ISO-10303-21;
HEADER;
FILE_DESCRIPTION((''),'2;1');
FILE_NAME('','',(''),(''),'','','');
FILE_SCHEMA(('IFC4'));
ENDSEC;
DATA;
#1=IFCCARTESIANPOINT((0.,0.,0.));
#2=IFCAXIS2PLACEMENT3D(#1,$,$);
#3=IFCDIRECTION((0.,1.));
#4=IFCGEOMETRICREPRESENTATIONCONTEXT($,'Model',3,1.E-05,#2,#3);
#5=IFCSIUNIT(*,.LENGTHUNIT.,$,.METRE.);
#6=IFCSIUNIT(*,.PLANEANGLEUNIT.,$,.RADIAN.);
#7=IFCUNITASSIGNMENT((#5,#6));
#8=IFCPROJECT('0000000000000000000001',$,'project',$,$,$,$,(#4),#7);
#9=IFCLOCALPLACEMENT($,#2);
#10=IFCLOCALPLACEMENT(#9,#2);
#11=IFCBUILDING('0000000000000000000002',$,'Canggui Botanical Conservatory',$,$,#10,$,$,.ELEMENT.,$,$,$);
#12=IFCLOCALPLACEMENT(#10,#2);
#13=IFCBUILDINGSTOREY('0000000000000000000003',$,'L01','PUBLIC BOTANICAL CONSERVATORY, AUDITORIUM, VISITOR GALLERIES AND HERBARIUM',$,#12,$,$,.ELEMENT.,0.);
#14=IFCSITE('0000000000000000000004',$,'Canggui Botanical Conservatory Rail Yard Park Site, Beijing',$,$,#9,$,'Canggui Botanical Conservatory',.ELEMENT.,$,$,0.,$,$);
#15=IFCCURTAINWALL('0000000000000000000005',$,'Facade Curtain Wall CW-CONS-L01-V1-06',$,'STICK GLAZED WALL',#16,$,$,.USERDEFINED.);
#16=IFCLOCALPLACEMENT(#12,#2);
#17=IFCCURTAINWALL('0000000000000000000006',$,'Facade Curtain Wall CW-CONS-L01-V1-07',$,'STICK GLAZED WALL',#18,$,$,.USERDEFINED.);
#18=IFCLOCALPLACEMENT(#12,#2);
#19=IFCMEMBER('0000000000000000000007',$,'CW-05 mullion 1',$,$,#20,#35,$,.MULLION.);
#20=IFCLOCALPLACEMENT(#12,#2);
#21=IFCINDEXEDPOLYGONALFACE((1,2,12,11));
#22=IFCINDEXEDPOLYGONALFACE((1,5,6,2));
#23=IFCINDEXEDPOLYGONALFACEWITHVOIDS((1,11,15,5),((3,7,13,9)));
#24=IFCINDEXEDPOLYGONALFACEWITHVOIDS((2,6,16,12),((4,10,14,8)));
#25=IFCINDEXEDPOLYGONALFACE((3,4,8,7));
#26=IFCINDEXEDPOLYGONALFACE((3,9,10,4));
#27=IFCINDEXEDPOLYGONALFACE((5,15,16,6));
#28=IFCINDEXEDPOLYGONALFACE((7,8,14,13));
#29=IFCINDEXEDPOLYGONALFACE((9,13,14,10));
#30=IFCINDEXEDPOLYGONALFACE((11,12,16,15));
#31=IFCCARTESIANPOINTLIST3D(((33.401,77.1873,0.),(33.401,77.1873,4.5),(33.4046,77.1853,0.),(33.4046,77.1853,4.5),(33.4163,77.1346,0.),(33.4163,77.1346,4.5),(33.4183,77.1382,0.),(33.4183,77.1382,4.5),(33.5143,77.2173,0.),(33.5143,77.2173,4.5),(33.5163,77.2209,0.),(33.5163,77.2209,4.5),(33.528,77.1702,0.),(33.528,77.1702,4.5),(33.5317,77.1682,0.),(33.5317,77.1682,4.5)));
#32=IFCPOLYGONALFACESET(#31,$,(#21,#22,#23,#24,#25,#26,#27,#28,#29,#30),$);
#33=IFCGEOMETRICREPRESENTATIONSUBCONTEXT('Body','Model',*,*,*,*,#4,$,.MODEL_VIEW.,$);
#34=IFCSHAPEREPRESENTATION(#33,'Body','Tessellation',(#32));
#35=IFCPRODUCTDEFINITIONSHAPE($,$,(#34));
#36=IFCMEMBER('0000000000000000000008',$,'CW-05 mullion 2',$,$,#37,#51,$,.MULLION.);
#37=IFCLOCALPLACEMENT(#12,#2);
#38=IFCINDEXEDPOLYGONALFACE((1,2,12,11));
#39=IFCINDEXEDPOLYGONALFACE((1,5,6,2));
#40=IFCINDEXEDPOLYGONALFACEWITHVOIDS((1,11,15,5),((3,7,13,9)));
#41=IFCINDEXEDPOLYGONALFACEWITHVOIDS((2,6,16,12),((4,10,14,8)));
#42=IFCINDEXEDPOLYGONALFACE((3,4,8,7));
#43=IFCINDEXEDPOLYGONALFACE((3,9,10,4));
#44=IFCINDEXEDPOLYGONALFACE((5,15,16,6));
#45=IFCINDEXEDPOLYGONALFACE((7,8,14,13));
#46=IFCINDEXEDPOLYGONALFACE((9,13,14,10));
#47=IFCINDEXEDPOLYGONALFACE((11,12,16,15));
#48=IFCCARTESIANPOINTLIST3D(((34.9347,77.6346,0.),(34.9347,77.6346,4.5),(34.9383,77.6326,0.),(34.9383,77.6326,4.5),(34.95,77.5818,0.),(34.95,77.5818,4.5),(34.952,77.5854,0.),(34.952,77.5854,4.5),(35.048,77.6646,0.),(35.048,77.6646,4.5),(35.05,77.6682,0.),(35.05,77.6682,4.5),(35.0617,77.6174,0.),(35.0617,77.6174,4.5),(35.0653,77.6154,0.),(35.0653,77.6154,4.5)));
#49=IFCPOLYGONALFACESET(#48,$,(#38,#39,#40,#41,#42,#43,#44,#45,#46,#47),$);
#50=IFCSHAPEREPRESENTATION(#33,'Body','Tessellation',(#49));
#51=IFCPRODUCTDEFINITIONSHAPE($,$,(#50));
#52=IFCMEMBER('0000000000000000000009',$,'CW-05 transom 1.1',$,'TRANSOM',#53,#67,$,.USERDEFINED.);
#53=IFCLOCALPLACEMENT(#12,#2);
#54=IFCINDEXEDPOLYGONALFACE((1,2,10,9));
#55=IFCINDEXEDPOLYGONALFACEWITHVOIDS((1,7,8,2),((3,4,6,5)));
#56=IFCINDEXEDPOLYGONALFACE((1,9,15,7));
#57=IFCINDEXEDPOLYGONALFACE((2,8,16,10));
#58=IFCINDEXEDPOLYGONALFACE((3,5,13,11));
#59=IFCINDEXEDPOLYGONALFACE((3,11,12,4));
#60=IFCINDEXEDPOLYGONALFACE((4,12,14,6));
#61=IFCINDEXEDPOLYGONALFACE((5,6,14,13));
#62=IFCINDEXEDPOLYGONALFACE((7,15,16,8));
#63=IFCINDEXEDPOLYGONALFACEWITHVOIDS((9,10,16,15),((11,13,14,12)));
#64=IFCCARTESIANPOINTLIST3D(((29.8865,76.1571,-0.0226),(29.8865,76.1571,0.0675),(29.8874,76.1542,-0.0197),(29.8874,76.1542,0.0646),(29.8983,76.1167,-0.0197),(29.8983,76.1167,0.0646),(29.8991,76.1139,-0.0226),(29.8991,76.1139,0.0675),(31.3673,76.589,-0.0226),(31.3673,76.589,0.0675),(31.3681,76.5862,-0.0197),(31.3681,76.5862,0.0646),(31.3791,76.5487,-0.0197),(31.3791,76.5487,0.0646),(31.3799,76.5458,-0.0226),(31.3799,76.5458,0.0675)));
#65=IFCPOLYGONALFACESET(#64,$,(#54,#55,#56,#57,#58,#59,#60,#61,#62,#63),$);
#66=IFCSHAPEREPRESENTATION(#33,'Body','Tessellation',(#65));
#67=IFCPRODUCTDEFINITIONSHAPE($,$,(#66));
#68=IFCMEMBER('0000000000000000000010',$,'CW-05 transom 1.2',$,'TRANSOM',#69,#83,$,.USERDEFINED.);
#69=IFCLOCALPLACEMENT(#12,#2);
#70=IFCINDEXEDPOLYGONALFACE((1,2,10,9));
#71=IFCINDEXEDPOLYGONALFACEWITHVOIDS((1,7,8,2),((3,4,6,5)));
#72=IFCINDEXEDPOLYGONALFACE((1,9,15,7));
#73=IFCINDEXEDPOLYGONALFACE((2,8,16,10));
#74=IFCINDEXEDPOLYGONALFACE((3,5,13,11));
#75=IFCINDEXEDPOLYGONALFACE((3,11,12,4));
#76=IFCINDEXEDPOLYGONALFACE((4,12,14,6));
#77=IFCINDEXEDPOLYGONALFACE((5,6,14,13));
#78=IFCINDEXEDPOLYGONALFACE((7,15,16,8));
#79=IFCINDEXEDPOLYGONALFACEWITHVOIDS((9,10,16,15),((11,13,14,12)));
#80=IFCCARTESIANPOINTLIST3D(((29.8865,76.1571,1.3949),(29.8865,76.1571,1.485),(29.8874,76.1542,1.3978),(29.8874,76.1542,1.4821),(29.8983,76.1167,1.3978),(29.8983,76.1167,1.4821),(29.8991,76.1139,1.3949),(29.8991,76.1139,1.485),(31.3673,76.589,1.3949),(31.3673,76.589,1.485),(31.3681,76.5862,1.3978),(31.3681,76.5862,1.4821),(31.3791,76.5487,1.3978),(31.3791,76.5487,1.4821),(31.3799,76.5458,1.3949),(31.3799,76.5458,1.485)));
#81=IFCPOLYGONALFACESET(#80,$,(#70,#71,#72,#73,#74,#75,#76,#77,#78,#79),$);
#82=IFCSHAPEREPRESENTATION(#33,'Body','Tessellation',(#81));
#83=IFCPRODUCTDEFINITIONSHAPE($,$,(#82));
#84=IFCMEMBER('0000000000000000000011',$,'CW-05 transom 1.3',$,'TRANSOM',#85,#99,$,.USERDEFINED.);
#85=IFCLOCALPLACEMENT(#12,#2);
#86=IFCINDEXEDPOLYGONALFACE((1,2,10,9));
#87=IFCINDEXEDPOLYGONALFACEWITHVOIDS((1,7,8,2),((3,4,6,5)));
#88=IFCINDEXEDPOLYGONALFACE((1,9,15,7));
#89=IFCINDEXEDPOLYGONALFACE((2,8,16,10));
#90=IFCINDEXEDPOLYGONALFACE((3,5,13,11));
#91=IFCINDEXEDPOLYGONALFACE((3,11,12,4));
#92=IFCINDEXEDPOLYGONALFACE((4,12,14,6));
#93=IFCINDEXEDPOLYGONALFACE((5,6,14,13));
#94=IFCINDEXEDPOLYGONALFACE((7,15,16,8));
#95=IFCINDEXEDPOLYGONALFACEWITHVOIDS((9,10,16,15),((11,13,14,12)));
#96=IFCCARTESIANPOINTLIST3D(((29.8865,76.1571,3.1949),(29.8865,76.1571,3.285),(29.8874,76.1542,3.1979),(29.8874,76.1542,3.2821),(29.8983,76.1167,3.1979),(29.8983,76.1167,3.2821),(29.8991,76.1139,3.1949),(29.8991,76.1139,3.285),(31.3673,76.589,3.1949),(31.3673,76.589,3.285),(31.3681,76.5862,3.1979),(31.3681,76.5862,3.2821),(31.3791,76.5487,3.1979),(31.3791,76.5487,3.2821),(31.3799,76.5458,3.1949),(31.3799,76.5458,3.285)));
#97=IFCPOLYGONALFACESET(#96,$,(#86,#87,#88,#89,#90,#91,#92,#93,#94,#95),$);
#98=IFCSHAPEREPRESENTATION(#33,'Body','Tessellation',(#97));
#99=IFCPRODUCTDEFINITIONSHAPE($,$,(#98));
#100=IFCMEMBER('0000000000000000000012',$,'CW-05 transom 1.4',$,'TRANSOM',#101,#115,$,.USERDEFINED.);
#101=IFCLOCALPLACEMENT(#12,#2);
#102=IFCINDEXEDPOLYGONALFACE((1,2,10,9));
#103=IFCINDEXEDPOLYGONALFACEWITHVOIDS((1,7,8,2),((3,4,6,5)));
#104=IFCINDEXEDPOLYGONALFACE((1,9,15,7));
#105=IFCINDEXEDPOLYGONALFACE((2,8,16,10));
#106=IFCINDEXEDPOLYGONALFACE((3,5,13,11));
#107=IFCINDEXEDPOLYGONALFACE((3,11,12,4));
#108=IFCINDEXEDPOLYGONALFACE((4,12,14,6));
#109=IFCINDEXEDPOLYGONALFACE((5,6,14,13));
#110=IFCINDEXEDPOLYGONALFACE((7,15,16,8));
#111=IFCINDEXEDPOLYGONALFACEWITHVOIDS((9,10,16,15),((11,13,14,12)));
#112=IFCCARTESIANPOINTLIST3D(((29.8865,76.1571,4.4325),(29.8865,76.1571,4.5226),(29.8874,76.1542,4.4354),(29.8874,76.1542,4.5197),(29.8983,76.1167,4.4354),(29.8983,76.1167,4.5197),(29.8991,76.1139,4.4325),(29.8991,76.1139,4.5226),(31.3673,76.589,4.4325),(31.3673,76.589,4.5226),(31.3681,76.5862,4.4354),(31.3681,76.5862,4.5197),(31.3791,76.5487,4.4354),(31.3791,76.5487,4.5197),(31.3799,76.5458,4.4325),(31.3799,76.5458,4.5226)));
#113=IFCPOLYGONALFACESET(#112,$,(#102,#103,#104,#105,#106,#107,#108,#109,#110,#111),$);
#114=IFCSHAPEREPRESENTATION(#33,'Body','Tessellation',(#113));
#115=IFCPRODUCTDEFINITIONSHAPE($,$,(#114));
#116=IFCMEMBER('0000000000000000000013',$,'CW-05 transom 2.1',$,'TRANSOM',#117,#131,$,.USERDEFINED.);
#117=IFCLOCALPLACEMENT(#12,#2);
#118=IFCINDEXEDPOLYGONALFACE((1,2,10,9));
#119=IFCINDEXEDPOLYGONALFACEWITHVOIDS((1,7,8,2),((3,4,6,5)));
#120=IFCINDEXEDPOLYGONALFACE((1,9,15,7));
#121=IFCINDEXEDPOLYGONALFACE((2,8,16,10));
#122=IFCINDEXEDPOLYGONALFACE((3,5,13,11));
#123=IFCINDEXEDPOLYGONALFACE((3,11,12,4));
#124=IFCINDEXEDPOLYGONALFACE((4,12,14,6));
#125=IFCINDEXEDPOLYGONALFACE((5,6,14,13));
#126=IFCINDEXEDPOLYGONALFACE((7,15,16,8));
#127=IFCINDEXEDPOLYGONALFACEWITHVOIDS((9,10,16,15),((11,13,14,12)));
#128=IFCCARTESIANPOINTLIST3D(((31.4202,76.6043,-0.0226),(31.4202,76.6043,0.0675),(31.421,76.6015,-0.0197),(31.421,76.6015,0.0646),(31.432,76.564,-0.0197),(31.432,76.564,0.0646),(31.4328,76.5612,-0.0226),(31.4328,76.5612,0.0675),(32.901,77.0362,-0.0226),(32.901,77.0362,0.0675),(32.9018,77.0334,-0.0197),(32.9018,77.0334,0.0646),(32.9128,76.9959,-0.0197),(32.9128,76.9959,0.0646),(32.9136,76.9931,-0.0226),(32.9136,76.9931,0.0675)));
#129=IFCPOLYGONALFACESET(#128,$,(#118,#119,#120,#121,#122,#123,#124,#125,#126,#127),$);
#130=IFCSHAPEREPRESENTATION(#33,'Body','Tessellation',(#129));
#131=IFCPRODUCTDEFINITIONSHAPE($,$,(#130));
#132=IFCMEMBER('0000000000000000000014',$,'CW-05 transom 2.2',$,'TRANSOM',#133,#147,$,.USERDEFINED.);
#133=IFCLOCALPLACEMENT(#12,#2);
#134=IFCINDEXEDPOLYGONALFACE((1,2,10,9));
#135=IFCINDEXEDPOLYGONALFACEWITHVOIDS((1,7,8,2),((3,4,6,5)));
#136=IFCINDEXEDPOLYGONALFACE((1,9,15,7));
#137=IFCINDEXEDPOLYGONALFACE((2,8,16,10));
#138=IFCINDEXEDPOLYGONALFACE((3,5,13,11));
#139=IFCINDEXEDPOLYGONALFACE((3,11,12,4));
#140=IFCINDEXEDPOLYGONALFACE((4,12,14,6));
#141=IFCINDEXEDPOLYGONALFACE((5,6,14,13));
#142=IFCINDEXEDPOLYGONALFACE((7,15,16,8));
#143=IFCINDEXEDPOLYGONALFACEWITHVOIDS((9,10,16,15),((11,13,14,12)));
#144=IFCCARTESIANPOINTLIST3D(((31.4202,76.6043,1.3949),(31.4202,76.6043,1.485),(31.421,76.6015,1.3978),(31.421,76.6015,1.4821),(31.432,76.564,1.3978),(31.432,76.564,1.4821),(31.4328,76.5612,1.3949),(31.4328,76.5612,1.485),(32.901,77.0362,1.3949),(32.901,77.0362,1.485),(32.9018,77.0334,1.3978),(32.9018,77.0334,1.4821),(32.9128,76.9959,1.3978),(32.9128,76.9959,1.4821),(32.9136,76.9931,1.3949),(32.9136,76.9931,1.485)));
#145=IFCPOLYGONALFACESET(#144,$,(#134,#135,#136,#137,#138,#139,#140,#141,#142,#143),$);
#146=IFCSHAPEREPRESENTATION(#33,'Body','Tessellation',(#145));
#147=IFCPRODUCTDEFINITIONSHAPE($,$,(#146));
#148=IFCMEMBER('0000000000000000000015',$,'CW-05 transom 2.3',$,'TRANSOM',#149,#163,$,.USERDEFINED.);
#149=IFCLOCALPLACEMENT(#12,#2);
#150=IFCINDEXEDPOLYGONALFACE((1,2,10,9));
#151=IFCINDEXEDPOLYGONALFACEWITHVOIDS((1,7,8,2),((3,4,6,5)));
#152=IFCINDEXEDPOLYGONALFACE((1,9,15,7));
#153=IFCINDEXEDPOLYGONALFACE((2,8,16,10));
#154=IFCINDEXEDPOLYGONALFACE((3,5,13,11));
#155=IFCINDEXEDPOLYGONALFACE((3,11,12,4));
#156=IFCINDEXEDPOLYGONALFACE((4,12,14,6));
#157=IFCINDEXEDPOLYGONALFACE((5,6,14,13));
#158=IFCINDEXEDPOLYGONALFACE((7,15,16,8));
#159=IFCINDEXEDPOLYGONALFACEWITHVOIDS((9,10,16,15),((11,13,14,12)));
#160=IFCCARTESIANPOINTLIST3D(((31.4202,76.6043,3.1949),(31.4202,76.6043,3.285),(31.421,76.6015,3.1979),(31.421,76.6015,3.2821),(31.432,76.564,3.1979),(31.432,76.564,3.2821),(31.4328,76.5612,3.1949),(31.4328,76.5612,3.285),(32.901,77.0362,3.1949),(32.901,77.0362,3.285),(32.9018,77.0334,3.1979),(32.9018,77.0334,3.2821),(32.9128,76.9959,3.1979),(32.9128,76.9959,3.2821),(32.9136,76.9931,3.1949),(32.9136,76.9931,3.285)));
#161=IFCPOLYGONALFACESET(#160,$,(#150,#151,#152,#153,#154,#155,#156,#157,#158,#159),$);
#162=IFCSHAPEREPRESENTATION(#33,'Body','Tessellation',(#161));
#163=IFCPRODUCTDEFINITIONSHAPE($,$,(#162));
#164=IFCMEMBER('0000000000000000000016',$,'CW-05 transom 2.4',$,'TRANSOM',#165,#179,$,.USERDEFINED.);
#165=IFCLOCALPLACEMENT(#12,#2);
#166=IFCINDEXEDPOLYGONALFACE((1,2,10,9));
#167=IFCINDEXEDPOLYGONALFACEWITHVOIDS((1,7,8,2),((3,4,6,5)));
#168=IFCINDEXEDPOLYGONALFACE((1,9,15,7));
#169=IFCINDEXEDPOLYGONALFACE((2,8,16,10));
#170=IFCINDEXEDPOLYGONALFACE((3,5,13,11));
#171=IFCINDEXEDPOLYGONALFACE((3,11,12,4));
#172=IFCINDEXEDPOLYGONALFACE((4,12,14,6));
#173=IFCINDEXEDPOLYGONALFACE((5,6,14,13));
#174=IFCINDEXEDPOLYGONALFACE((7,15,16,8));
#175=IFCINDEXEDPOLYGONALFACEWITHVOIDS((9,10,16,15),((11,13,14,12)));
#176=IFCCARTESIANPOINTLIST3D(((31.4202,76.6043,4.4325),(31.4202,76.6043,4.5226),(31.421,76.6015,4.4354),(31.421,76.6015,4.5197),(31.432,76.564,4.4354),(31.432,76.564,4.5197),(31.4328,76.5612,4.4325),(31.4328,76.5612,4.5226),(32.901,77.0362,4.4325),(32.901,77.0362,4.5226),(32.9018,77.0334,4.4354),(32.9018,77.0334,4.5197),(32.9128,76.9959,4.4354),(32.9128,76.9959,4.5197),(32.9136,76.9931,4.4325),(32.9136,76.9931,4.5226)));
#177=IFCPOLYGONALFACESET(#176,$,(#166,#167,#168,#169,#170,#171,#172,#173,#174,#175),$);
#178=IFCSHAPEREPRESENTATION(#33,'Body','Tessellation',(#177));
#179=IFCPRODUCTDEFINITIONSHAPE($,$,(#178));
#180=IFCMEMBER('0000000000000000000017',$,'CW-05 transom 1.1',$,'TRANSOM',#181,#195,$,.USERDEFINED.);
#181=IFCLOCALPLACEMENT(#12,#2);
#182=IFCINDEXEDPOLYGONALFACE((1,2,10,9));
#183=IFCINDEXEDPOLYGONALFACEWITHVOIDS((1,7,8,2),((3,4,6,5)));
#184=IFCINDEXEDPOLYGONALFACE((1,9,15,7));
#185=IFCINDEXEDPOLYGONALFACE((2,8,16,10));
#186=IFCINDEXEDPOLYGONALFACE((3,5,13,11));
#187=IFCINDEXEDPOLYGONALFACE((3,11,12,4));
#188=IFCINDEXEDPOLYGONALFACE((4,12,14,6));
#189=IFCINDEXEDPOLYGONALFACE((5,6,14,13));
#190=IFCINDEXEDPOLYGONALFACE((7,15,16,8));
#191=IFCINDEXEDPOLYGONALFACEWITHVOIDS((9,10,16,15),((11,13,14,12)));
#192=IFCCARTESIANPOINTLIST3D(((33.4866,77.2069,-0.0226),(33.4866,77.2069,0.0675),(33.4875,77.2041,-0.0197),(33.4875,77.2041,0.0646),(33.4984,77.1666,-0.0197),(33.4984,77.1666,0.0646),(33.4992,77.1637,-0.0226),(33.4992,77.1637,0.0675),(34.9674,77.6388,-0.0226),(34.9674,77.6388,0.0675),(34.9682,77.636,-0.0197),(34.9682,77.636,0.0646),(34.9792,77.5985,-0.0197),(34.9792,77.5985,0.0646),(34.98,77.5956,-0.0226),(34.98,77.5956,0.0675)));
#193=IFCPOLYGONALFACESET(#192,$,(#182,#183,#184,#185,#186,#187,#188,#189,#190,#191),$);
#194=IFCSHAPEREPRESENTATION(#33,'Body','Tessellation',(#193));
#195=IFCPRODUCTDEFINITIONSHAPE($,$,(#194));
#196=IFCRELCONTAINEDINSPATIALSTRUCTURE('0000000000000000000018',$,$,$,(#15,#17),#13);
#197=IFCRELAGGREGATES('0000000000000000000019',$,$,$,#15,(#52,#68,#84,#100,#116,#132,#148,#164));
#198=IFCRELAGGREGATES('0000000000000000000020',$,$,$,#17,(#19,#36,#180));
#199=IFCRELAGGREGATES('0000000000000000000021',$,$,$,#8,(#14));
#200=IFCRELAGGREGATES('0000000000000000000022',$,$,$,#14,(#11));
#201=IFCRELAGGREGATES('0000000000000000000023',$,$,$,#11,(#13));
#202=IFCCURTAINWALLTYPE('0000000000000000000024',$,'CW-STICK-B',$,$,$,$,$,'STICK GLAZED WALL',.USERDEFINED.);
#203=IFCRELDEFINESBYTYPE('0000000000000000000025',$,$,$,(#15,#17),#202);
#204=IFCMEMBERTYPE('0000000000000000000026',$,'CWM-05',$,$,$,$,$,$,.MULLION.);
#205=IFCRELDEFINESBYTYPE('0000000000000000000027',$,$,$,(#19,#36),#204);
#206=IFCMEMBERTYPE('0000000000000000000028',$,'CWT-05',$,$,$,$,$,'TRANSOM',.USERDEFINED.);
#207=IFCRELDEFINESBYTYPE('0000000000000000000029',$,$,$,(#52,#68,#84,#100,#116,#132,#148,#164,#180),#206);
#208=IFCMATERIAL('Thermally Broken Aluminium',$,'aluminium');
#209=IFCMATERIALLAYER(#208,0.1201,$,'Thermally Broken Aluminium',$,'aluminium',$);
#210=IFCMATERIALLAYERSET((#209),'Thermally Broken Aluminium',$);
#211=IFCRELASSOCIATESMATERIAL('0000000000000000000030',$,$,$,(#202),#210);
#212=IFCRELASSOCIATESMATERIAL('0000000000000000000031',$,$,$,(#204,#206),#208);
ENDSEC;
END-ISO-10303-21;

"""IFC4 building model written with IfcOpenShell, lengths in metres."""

from ifc_helpers import new_model, si_unit, direction, frame, origin, origin_2d, place, context, subcontext, project, spatial, hollow_rectangle, extrude, material, layer, layer_set, material_profile, profile_set, type_object, element, aggregate, save


model = new_model("IFC4")

# Units and contexts
model_context = context("Model", 3, precision=1e-05, world=origin(), true_north=direction((0.0, 1.0)))
body_context = subcontext(model_context, "Body", "Model", "MODEL_VIEW")
ifc_project = project(units=[si_unit("LENGTHUNIT", "METRE"), si_unit("PLANEANGLEUNIT", "RADIAN")], contexts=[model_context])

# Site, building, storey
site_placement = place(None, origin())
site = spatial("IfcSite", under=ifc_project, at=site_placement, Name="Canggui Botanical Conservatory Rail Yard Park Site, Beijing", LongName="Canggui Botanical Conservatory", CompositionType="ELEMENT", RefElevation=0.0)
building_placement = place(site_placement, origin())
building = spatial("IfcBuilding", under=site, at=building_placement, Name="Canggui Botanical Conservatory", CompositionType="ELEMENT")
storey_placement = place(building_placement, origin())
storey = spatial("IfcBuildingStorey", under=building, at=storey_placement, Name="L01", Description="PUBLIC BOTANICAL CONSERVATORY, AUDITORIUM, VISITOR GALLERIES AND HERBARIUM", CompositionType="ELEMENT", Elevation=0.0)

# Curtain walls, members
ifc_material_1 = material(Name="Thermally Broken Aluminium", Category="aluminium")
ifc_layer_1 = layer(ifc_material_1, 0.1201, Name="Thermally Broken Aluminium", Category="aluminium")
ifc_layer_set_1 = layer_set([ifc_layer_1], Name="Thermally Broken Aluminium")
curtain_wall_type = type_object("IfcCurtainWallType", Name="CW-STICK-B", ElementType="STICK GLAZED WALL", PredefinedType="USERDEFINED", material=ifc_layer_set_1)
curtain_wall_1_placement = place(storey_placement, origin())
curtain_wall_1 = element("IfcCurtainWall", 1, at=curtain_wall_1_placement, inside=storey, type_object=curtain_wall_type, Name="Facade Curtain Wall CW-CONS-L01-V1-06", ObjectType="STICK GLAZED WALL", PredefinedType="USERDEFINED")
ifc_material_profile_1 = material_profile(ifc_material_1, hollow_rectangle(XDim=0.0549, YDim=0.1201, WallThickness=0.0029, at=origin_2d()), Name="CWM 55x120x3")
ifc_profile_set_1 = profile_set([ifc_material_profile_1], Name="Thermally Broken Aluminium")
member_type_1 = type_object("IfcMemberType", Name="CWM-05", PredefinedType="MULLION", material=ifc_profile_set_1)
curtain_wall_2_placement = place(storey_placement, origin())
curtain_wall_2 = element("IfcCurtainWall", 2, at=curtain_wall_2_placement, inside=storey, type_object=curtain_wall_type, Name="Facade Curtain Wall CW-CONS-L01-V1-07", ObjectType="STICK GLAZED WALL", PredefinedType="USERDEFINED")
member_1_placement = place(storey_placement, frame((33.4663, 77.1777, 0.0), z_axis=(0.0, 0.0, 1.0), x_axis=(-0.28, 0.96, 0.0)))
member_1 = element("IfcMember", 3, at=member_1_placement, type_object=member_type_1, Name="CW-05 mullion 1", PredefinedType="MULLION", context=body_context, shape_type="SweptSolid", body=[
    extrude(hollow_rectangle(XDim=0.0549, YDim=0.1201, WallThickness=0.0029, at=origin_2d()), origin(), (0.0, 0.0, 1.0), 4.5),
])
member_2_placement = place(storey_placement, frame((35.0, 77.625, 0.0), z_axis=(0.0, 0.0, 1.0), x_axis=(-0.28, 0.96, 0.0)))
member_2 = element("IfcMember", 4, at=member_2_placement, type_object=member_type_1, Name="CW-05 mullion 2", PredefinedType="MULLION", context=body_context, shape_type="SweptSolid", body=[
    extrude(hollow_rectangle(XDim=0.0549, YDim=0.1201, WallThickness=0.0029, at=origin_2d()), origin(), (0.0, 0.0, 1.0), 4.5),
])

# Members
ifc_material_profile_2 = material_profile(ifc_material_1, hollow_rectangle(XDim=0.0449, YDim=0.0901, WallThickness=0.0029, at=origin_2d()), Name="CWT 45x90x3")
ifc_profile_set_2 = profile_set([ifc_material_profile_2], Name="Thermally Broken Aluminium")
member_type_2 = type_object("IfcMemberType", Name="CWT-05", ElementType="TRANSOM", PredefinedType="USERDEFINED", material=ifc_profile_set_2)
member_3_placement = place(storey_placement, frame((29.8928, 76.1355, 0.0225), z_axis=(0.959998, 0.280006, 0.0), x_axis=(-0.280006, 0.959998, 0.0)))
member_3 = element("IfcMember", 5, at=member_3_placement, type_object=member_type_2, Name="CW-05 transom 1.1", ObjectType="TRANSOM", PredefinedType="USERDEFINED", context=body_context, shape_type="SweptSolid", body=[
    extrude(hollow_rectangle(XDim=0.0449, YDim=0.0901, WallThickness=0.0029, at=origin_2d()), origin(), (0.0, 0.0, 1.0), 1.5425),
])
member_4_placement = place(storey_placement, frame((29.8928, 76.1355, 1.4399), z_axis=(0.959998, 0.280006, 0.0), x_axis=(-0.280006, 0.959998, 0.0)))
member_4 = element("IfcMember", 6, at=member_4_placement, type_object=member_type_2, Name="CW-05 transom 1.2", ObjectType="TRANSOM", PredefinedType="USERDEFINED", context=body_context, shape_type="SweptSolid", body=[
    extrude(hollow_rectangle(XDim=0.0449, YDim=0.0901, WallThickness=0.0029, at=origin_2d()), origin(), (0.0, 0.0, 1.0), 1.5425),
])
member_5_placement = place(storey_placement, frame((29.8928, 76.1355, 3.24), z_axis=(0.959998, 0.280006, 0.0), x_axis=(-0.280006, 0.959998, 0.0)))
member_5 = element("IfcMember", 7, at=member_5_placement, type_object=member_type_2, Name="CW-05 transom 1.3", ObjectType="TRANSOM", PredefinedType="USERDEFINED", context=body_context, shape_type="SweptSolid", body=[
    extrude(hollow_rectangle(XDim=0.0449, YDim=0.0901, WallThickness=0.0029, at=origin_2d()), origin(), (0.0, 0.0, 1.0), 1.5425),
])
member_6_placement = place(storey_placement, frame((29.8928, 76.1355, 4.4775), z_axis=(0.959998, 0.280006, 0.0), x_axis=(-0.280006, 0.959998, 0.0)))
member_6 = element("IfcMember", 8, at=member_6_placement, type_object=member_type_2, Name="CW-05 transom 1.4", ObjectType="TRANSOM", PredefinedType="USERDEFINED", context=body_context, shape_type="SweptSolid", body=[
    extrude(hollow_rectangle(XDim=0.0449, YDim=0.0901, WallThickness=0.0029, at=origin_2d()), origin(), (0.0, 0.0, 1.0), 1.5425),
])
member_7_placement = place(storey_placement, frame((31.4265, 76.5828, 0.0225), z_axis=(0.959998, 0.280006, 0.0), x_axis=(-0.280006, 0.959998, 0.0)))
member_7 = element("IfcMember", 9, at=member_7_placement, type_object=member_type_2, Name="CW-05 transom 2.1", ObjectType="TRANSOM", PredefinedType="USERDEFINED", context=body_context, shape_type="SweptSolid", body=[
    extrude(hollow_rectangle(XDim=0.0449, YDim=0.0901, WallThickness=0.0029, at=origin_2d()), origin(), (0.0, 0.0, 1.0), 1.5425),
])
member_8_placement = place(storey_placement, frame((31.4265, 76.5828, 1.4399), z_axis=(0.959998, 0.280006, 0.0), x_axis=(-0.280006, 0.959998, 0.0)))
member_8 = element("IfcMember", 10, at=member_8_placement, type_object=member_type_2, Name="CW-05 transom 2.2", ObjectType="TRANSOM", PredefinedType="USERDEFINED", context=body_context, shape_type="SweptSolid", body=[
    extrude(hollow_rectangle(XDim=0.0449, YDim=0.0901, WallThickness=0.0029, at=origin_2d()), origin(), (0.0, 0.0, 1.0), 1.5425),
])
member_9_placement = place(storey_placement, frame((31.4265, 76.5828, 3.24), z_axis=(0.959998, 0.280006, 0.0), x_axis=(-0.280006, 0.959998, 0.0)))
member_9 = element("IfcMember", 11, at=member_9_placement, type_object=member_type_2, Name="CW-05 transom 2.3", ObjectType="TRANSOM", PredefinedType="USERDEFINED", context=body_context, shape_type="SweptSolid", body=[
    extrude(hollow_rectangle(XDim=0.0449, YDim=0.0901, WallThickness=0.0029, at=origin_2d()), origin(), (0.0, 0.0, 1.0), 1.5425),
])
member_10_placement = place(storey_placement, frame((31.4265, 76.5828, 4.4775), z_axis=(0.959998, 0.280006, 0.0), x_axis=(-0.280006, 0.959998, 0.0)))
member_10 = element("IfcMember", 12, at=member_10_placement, type_object=member_type_2, Name="CW-05 transom 2.4", ObjectType="TRANSOM", PredefinedType="USERDEFINED", context=body_context, shape_type="SweptSolid", body=[
    extrude(hollow_rectangle(XDim=0.0449, YDim=0.0901, WallThickness=0.0029, at=origin_2d()), origin(), (0.0, 0.0, 1.0), 1.5425),
])
member_11_placement = place(storey_placement, frame((33.4929, 77.1853, 0.0225), z_axis=(0.959998, 0.280006, 0.0), x_axis=(-0.280006, 0.959998, 0.0)))
member_11 = element("IfcMember", 13, at=member_11_placement, type_object=member_type_2, Name="CW-05 transom 1.1", ObjectType="TRANSOM", PredefinedType="USERDEFINED", context=body_context, shape_type="SweptSolid", body=[
    extrude(hollow_rectangle(XDim=0.0449, YDim=0.0901, WallThickness=0.0029, at=origin_2d()), origin(), (0.0, 0.0, 1.0), 1.5425),
])

aggregate(curtain_wall_1, [member_3, member_4, member_5, member_6, member_7, member_8, member_9, member_10])
aggregate(curtain_wall_2, [member_1, member_2, member_11])

save(model, "model.ifc")
